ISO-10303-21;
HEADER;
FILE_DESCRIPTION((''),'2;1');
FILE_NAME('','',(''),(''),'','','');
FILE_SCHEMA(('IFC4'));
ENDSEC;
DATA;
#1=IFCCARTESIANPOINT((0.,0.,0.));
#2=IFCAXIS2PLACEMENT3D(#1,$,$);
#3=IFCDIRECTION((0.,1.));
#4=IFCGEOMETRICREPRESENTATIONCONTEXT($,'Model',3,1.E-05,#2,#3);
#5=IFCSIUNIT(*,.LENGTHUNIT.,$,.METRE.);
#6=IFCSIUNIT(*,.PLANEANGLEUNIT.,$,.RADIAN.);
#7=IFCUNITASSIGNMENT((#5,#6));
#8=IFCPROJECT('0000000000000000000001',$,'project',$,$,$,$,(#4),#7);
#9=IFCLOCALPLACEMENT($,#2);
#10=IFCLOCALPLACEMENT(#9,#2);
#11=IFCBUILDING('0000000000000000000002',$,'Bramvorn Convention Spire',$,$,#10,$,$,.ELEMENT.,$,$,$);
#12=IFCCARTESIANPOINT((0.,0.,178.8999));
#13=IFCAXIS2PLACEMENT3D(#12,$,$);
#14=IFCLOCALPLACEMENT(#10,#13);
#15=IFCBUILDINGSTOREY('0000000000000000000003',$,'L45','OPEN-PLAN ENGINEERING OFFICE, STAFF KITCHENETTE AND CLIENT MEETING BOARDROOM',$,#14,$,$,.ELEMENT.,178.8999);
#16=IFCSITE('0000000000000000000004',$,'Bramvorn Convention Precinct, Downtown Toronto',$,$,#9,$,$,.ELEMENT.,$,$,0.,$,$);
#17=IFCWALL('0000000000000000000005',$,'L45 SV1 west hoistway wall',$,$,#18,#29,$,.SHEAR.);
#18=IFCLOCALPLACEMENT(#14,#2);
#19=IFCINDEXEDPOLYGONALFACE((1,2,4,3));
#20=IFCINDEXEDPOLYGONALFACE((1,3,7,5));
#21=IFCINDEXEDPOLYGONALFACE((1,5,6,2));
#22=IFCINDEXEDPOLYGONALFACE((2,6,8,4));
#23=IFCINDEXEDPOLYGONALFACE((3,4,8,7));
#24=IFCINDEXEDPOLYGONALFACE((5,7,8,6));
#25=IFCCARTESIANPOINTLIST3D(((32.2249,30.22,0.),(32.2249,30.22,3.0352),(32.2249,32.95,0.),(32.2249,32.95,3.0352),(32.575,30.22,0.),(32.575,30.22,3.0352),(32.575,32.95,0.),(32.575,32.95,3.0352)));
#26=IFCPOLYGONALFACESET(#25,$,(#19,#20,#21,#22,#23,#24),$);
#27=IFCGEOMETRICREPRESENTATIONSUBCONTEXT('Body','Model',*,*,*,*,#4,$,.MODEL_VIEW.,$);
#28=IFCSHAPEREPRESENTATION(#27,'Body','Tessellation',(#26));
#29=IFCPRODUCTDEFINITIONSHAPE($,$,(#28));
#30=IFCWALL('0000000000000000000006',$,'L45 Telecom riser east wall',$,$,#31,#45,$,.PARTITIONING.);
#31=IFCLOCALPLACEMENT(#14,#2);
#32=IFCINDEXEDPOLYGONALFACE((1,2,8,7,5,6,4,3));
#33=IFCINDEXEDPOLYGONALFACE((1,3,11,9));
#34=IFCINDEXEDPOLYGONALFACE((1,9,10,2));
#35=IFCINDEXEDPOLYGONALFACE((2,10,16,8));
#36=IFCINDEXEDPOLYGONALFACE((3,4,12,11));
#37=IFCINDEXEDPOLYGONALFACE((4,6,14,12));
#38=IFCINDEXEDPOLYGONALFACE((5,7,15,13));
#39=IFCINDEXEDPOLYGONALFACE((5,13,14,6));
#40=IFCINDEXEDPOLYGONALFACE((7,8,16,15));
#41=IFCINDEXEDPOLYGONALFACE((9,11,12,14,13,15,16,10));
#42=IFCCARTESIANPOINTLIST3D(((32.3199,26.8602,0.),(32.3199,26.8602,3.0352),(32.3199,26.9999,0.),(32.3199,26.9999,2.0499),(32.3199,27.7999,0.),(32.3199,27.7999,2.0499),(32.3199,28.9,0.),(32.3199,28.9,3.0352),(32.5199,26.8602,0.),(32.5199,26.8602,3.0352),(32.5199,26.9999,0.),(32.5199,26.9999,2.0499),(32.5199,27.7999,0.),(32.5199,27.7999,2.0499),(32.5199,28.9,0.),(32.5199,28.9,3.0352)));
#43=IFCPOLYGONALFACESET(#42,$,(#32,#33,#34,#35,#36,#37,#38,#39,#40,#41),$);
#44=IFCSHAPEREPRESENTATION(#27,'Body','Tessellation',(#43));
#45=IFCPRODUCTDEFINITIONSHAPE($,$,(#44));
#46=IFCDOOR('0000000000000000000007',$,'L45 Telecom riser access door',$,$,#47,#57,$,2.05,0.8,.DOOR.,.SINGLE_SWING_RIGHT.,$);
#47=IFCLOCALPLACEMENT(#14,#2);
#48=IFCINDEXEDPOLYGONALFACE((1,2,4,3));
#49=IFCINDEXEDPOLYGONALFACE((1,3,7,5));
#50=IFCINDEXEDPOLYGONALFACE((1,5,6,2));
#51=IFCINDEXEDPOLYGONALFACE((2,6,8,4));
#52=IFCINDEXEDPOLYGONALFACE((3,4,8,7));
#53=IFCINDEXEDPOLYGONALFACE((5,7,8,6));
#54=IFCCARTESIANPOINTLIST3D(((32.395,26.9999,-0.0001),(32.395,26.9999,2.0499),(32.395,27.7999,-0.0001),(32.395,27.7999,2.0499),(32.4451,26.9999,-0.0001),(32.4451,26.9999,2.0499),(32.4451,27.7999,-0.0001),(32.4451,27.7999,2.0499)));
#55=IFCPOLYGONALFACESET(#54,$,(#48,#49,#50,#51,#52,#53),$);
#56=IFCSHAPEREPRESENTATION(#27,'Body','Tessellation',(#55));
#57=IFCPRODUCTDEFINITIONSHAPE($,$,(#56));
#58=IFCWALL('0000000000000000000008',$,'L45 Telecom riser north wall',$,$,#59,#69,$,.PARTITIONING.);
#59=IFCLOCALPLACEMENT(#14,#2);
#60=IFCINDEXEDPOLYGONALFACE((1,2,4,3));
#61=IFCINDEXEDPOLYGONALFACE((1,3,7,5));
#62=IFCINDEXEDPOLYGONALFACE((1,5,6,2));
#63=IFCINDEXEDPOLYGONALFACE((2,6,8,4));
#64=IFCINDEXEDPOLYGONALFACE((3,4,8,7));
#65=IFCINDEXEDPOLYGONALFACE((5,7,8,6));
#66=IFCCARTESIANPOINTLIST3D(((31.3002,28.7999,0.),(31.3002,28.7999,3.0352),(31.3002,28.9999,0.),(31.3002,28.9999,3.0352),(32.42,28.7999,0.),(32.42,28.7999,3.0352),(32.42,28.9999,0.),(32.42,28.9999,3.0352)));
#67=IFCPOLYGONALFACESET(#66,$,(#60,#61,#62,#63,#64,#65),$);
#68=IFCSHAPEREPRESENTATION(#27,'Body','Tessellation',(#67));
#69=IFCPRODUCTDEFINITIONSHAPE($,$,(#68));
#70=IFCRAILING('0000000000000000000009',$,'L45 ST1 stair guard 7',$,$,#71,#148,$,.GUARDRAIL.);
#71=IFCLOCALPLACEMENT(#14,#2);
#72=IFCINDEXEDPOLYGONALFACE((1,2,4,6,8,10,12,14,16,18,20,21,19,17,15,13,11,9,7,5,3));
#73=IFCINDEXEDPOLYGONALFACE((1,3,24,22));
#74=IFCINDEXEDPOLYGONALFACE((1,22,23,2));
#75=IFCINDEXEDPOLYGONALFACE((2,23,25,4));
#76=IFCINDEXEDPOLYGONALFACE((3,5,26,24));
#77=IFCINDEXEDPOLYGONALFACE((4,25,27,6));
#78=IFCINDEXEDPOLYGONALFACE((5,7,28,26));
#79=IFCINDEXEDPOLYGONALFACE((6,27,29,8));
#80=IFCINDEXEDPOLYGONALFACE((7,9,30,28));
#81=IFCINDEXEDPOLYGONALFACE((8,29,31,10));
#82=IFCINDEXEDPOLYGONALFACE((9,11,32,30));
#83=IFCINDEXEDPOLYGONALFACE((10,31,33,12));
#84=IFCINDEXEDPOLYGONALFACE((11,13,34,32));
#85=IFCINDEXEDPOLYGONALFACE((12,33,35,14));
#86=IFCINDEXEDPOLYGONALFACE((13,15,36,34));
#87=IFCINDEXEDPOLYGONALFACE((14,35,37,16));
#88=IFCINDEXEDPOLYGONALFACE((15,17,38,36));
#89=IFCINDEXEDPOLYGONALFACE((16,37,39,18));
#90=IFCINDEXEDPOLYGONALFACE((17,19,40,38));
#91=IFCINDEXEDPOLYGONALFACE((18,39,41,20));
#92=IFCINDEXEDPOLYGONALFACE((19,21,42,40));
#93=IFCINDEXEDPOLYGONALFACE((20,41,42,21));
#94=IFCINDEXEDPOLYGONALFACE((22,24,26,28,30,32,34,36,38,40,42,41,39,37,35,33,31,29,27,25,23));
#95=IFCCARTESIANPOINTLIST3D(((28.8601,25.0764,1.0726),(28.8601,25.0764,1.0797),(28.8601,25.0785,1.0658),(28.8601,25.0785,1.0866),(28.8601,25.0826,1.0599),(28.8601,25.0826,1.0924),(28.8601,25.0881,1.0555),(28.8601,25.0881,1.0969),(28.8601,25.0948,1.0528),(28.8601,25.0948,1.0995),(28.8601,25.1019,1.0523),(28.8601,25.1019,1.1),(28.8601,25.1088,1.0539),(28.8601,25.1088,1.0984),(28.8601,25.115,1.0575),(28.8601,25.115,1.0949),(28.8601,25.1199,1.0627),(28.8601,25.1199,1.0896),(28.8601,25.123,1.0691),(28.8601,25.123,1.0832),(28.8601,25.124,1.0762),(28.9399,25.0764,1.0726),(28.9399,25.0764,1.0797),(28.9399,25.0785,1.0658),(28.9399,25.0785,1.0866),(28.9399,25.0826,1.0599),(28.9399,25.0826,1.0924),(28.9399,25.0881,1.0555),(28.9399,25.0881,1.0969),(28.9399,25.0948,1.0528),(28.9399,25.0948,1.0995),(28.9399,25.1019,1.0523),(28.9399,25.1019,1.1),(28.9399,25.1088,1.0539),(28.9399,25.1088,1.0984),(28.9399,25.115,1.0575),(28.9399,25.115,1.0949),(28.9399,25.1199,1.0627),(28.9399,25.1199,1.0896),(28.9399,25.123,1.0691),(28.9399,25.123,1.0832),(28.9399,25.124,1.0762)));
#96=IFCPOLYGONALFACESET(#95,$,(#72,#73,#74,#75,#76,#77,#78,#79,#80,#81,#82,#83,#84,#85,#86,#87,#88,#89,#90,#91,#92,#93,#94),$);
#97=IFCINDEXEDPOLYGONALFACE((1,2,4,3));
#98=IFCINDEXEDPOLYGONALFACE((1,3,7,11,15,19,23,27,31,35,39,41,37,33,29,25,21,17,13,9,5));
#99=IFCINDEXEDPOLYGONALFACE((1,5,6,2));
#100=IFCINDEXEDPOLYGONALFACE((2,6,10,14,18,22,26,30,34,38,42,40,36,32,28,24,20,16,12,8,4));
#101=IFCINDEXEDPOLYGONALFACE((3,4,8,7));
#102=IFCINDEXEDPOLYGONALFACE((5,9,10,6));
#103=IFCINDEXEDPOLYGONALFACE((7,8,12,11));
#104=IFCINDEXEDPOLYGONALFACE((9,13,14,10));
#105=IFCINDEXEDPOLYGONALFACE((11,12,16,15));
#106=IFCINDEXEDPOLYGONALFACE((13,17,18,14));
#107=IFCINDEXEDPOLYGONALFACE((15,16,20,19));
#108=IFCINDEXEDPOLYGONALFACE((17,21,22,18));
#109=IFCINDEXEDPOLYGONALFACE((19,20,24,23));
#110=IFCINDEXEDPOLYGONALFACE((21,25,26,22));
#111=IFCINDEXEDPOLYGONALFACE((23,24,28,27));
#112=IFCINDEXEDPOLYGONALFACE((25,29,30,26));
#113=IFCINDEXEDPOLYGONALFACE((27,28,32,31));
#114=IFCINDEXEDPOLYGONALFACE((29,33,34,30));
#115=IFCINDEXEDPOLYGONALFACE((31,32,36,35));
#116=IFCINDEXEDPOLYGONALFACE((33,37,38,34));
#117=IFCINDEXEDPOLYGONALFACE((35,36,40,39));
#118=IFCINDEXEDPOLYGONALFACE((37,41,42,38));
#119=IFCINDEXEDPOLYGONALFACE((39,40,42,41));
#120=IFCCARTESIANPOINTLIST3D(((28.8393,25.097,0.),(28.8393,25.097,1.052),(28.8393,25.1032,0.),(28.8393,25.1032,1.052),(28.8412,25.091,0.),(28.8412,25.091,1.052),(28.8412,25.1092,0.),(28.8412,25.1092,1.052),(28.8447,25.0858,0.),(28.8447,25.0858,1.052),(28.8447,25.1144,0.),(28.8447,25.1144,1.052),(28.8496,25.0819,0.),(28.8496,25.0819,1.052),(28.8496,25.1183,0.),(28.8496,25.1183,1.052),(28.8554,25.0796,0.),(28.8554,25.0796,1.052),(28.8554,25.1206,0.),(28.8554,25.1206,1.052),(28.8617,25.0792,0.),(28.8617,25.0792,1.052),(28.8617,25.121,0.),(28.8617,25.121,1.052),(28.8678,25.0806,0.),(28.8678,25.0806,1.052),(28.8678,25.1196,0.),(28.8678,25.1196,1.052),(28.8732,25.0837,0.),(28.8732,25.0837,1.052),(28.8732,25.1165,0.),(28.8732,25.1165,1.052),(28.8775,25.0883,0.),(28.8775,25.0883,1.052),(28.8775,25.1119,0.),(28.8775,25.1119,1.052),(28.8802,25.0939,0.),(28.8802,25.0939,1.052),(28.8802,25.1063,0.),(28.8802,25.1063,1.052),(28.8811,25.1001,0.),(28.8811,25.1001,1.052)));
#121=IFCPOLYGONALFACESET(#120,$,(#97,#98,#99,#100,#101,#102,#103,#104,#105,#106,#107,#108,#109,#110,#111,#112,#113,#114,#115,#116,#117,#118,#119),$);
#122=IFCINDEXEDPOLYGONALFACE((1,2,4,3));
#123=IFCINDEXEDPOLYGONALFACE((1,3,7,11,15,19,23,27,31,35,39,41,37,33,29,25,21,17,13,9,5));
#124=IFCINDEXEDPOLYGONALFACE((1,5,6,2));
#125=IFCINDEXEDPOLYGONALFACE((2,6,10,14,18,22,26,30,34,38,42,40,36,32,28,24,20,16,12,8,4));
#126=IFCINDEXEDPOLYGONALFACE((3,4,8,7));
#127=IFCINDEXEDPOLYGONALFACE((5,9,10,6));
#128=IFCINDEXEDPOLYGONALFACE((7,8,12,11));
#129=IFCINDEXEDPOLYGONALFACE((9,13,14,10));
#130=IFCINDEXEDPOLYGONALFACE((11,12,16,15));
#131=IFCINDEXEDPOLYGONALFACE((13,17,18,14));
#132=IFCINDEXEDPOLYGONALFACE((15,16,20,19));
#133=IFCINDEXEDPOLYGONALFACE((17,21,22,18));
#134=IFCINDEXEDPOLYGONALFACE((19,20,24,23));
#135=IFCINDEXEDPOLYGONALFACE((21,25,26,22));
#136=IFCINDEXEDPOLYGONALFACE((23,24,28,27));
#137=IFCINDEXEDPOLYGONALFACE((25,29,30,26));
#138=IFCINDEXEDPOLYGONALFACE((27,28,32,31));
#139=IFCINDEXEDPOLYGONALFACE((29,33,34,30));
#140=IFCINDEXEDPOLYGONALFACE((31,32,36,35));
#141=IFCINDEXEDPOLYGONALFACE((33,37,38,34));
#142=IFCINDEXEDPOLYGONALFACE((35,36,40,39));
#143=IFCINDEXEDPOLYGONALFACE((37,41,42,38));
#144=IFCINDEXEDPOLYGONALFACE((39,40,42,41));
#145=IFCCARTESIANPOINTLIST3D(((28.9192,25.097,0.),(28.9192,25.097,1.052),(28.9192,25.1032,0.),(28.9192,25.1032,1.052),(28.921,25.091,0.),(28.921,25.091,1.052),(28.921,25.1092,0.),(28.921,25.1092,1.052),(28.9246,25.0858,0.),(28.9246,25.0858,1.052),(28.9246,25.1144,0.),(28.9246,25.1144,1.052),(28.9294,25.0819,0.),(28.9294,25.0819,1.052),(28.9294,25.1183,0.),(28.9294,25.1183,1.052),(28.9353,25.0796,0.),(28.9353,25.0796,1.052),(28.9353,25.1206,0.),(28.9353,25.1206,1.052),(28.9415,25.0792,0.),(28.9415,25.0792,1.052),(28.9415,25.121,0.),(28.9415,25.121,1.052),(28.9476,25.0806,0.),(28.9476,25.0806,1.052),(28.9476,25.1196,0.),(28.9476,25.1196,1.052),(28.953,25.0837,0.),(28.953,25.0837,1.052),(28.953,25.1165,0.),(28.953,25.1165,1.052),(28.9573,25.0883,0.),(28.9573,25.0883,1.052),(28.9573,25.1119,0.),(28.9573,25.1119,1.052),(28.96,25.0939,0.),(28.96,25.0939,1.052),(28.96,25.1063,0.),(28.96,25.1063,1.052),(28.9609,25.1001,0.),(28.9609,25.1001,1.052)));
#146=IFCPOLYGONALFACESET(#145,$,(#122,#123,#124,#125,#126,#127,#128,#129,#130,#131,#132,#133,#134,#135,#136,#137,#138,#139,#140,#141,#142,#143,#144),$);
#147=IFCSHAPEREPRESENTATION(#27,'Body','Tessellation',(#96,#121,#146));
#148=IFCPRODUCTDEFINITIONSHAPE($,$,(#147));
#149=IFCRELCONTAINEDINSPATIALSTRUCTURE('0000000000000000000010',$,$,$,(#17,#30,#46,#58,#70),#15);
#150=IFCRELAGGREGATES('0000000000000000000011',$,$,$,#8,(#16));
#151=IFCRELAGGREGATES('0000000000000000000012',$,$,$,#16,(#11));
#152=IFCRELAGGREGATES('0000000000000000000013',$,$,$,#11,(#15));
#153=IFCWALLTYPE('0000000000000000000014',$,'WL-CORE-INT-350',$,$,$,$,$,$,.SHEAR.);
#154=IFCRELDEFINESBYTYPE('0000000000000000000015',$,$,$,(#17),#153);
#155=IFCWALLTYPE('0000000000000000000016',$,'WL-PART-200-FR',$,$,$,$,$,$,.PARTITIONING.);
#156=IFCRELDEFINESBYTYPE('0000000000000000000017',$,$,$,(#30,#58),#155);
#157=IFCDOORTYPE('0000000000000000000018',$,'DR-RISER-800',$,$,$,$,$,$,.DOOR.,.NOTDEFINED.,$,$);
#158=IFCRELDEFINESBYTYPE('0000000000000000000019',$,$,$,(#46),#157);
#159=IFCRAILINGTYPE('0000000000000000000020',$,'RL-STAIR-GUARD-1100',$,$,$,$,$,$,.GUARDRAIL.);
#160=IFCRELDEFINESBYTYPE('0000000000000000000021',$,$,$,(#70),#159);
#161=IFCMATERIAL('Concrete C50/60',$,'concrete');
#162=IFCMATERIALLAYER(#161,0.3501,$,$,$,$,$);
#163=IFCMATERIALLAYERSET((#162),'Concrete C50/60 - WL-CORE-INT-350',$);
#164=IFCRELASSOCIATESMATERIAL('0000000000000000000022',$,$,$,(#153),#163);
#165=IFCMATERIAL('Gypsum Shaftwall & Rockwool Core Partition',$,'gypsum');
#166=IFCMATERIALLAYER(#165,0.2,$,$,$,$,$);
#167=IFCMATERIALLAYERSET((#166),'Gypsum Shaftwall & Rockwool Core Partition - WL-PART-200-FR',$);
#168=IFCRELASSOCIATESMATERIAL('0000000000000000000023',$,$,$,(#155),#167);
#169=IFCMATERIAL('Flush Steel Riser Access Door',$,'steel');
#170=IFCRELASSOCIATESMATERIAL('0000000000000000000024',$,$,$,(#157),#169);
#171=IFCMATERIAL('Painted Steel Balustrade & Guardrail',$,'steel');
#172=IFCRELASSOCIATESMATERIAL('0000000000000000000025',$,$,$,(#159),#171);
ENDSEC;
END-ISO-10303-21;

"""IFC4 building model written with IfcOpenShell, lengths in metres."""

from ifc_helpers import new_model, si_unit, direction, frame, frame_2d, origin, origin_2d, place, context, subcontext, project, spatial, rectangle, circle, extrude, material, layer, layer_set, type_object, element, fill, save


model = new_model("IFC4")

# Units and contexts
model_context = context("Model", 3, precision=1e-05, world=origin(), true_north=direction((0.0, 1.0)))
body_context = subcontext(model_context, "Body", "Model", "MODEL_VIEW")
ifc_project = project(units=[si_unit("LENGTHUNIT", "METRE"), si_unit("PLANEANGLEUNIT", "RADIAN")], contexts=[model_context])

# Site, building, storey
site_placement = place(None, origin())
site = spatial("IfcSite", under=ifc_project, at=site_placement, Name="Bramvorn Convention Precinct, Downtown Toronto", CompositionType="ELEMENT", RefElevation=0.0)
building_placement = place(site_placement, origin())
building = spatial("IfcBuilding", under=site, at=building_placement, Name="Bramvorn Convention Spire", CompositionType="ELEMENT")
storey_placement = place(building_placement, frame((0.0, 0.0, 178.8999)))
storey = spatial("IfcBuildingStorey", under=building, at=storey_placement, Name="L45", Description="OPEN-PLAN ENGINEERING OFFICE, STAFF KITCHENETTE AND CLIENT MEETING BOARDROOM", CompositionType="ELEMENT", Elevation=178.8999)

# Shared definitions
ifc_material_1 = material(Name="Concrete C50/60", Category="concrete")
ifc_layer_1 = layer(ifc_material_1, 0.3501)
ifc_layer_set_1 = layer_set([ifc_layer_1], Name="Concrete C50/60 - WL-CORE-INT-350")
wall_type_1 = type_object("IfcWallType", Name="WL-CORE-INT-350", PredefinedType="SHEAR", material=ifc_layer_set_1)

# Wall
wall_1_placement = place(storey_placement, frame((32.3999, 30.22, 0.0), z_axis=(0.0, 0.0, 1.0), x_axis=(0.0, 1.0, 0.0)))
element("IfcWall", 1, at=wall_1_placement, inside=storey, type_object=wall_type_1, Name="L45 SV1 west hoistway wall", PredefinedType="SHEAR", context=body_context, shape_type="SweptSolid", body=[
    extrude(rectangle(XDim=2.73, YDim=0.3501, at=frame_2d((1.365, 0.0))), origin(), (0.0, 0.0, 1.0), 3.0352),
])

# Wall, opening, door
ifc_material_2 = material(Name="Gypsum Shaftwall & Rockwool Core Partition", Category="gypsum")
ifc_layer_2 = layer(ifc_material_2, 0.2)
ifc_layer_set_2 = layer_set([ifc_layer_2], Name="Gypsum Shaftwall & Rockwool Core Partition - WL-PART-200-FR")
wall_type_2 = type_object("IfcWallType", Name="WL-PART-200-FR", PredefinedType="PARTITIONING", material=ifc_layer_set_2)
wall_2_placement = place(storey_placement, frame((32.4199, 26.8601, 0.0), z_axis=(0.0, 0.0, 1.0), x_axis=(0.0, 1.0, 0.0)))
wall_2 = element("IfcWall", 2, at=wall_2_placement, inside=storey, type_object=wall_type_2, Name="L45 Telecom riser east wall", PredefinedType="PARTITIONING", context=body_context, shape_type="SweptSolid", body=[
    extrude(rectangle(XDim=2.0398, YDim=0.2, at=frame_2d((1.02, 0.0))), origin(), (0.0, 0.0, 1.0), 3.0352),
])
opening_1_placement = place(wall_2_placement, frame((0.1399, 0.0, 0.0)))
opening_1 = element("IfcOpeningElement", 3, at=opening_1_placement, cuts=wall_2, PredefinedType="OPENING", context=body_context, shape_type="SweptSolid", body=[
    extrude(rectangle(XDim=0.8, YDim=2.05, at=frame_2d((0.3999, 1.0249))), frame((0.0, 0.1099, 0.0), z_axis=(0.0, -1.0, 0.0), x_axis=(1.0, 0.0, 0.0)), (0.0, 0.0, 1.0), 0.22),
])
ifc_material_3 = material(Name="Flush Steel Riser Access Door", Category="steel")
door_type_1 = type_object("IfcDoorType", Name="DR-RISER-800", OperationType="NOTDEFINED", PredefinedType="DOOR", material=ifc_material_3)
door_1_placement = place(opening_1_placement, origin())
door_1 = element("IfcDoor", 4, at=door_1_placement, inside=storey, type_object=door_type_1, Name="L45 Telecom riser access door", OperationType="SINGLE_SWING_RIGHT", OverallHeight=2.05, OverallWidth=0.8, PredefinedType="DOOR", context=body_context, shape_type="SweptSolid", body=[
    extrude(rectangle(XDim=0.8, YDim=2.05, at=frame_2d((0.3999, 1.0249))), frame((0.0, 0.0249, 0.0), z_axis=(0.0, -1.0, 0.0), x_axis=(1.0, 0.0, 0.0)), (0.0, 0.0, 1.0), 0.05),
])
fill(opening_1, door_1)

# Wall
wall_3_placement = place(storey_placement, frame((31.3, 28.8999, 0.0), z_axis=(0.0, 0.0, 1.0), x_axis=(1.0, 0.0, 0.0)))
element("IfcWall", 5, at=wall_3_placement, inside=storey, type_object=wall_type_2, Name="L45 Telecom riser north wall", PredefinedType="PARTITIONING", context=body_context, shape_type="SweptSolid", body=[
    extrude(rectangle(XDim=1.1199, YDim=0.2, at=frame_2d((0.5601, 0.0))), origin(), (0.0, 0.0, 1.0), 3.0352),
])

# Railing
ifc_material_4 = material(Name="Painted Steel Balustrade & Guardrail", Category="steel")
railing_type = type_object("IfcRailingType", Name="RL-STAIR-GUARD-1100", PredefinedType="GUARDRAIL", material=ifc_material_4)
railing_1_placement = place(storey_placement, frame((28.8601, 25.1001, 0.0)))
element("IfcRailing", 6, at=railing_1_placement, inside=storey, type_object=railing_type, Name="L45 ST1 stair guard 7", PredefinedType="GUARDRAIL", context=body_context, shape_type="SweptSolid", body=[
    extrude(circle(Radius=0.0239, at=origin_2d()), frame((0.0, 0.0, 1.0762), z_axis=(1.0, 0.0, 0.0), x_axis=(0.0, 1.0, 0.0)), (0.0, 0.0, 1.0), 0.0798),
    extrude(circle(Radius=0.021, at=origin_2d()), origin(), (0.0, 0.0, 1.0), 1.052),
    extrude(circle(Radius=0.021, at=origin_2d()), frame((0.0798, 0.0, 0.0)), (0.0, 0.0, 1.0), 1.052),
])

save(model, "model.ifc")
